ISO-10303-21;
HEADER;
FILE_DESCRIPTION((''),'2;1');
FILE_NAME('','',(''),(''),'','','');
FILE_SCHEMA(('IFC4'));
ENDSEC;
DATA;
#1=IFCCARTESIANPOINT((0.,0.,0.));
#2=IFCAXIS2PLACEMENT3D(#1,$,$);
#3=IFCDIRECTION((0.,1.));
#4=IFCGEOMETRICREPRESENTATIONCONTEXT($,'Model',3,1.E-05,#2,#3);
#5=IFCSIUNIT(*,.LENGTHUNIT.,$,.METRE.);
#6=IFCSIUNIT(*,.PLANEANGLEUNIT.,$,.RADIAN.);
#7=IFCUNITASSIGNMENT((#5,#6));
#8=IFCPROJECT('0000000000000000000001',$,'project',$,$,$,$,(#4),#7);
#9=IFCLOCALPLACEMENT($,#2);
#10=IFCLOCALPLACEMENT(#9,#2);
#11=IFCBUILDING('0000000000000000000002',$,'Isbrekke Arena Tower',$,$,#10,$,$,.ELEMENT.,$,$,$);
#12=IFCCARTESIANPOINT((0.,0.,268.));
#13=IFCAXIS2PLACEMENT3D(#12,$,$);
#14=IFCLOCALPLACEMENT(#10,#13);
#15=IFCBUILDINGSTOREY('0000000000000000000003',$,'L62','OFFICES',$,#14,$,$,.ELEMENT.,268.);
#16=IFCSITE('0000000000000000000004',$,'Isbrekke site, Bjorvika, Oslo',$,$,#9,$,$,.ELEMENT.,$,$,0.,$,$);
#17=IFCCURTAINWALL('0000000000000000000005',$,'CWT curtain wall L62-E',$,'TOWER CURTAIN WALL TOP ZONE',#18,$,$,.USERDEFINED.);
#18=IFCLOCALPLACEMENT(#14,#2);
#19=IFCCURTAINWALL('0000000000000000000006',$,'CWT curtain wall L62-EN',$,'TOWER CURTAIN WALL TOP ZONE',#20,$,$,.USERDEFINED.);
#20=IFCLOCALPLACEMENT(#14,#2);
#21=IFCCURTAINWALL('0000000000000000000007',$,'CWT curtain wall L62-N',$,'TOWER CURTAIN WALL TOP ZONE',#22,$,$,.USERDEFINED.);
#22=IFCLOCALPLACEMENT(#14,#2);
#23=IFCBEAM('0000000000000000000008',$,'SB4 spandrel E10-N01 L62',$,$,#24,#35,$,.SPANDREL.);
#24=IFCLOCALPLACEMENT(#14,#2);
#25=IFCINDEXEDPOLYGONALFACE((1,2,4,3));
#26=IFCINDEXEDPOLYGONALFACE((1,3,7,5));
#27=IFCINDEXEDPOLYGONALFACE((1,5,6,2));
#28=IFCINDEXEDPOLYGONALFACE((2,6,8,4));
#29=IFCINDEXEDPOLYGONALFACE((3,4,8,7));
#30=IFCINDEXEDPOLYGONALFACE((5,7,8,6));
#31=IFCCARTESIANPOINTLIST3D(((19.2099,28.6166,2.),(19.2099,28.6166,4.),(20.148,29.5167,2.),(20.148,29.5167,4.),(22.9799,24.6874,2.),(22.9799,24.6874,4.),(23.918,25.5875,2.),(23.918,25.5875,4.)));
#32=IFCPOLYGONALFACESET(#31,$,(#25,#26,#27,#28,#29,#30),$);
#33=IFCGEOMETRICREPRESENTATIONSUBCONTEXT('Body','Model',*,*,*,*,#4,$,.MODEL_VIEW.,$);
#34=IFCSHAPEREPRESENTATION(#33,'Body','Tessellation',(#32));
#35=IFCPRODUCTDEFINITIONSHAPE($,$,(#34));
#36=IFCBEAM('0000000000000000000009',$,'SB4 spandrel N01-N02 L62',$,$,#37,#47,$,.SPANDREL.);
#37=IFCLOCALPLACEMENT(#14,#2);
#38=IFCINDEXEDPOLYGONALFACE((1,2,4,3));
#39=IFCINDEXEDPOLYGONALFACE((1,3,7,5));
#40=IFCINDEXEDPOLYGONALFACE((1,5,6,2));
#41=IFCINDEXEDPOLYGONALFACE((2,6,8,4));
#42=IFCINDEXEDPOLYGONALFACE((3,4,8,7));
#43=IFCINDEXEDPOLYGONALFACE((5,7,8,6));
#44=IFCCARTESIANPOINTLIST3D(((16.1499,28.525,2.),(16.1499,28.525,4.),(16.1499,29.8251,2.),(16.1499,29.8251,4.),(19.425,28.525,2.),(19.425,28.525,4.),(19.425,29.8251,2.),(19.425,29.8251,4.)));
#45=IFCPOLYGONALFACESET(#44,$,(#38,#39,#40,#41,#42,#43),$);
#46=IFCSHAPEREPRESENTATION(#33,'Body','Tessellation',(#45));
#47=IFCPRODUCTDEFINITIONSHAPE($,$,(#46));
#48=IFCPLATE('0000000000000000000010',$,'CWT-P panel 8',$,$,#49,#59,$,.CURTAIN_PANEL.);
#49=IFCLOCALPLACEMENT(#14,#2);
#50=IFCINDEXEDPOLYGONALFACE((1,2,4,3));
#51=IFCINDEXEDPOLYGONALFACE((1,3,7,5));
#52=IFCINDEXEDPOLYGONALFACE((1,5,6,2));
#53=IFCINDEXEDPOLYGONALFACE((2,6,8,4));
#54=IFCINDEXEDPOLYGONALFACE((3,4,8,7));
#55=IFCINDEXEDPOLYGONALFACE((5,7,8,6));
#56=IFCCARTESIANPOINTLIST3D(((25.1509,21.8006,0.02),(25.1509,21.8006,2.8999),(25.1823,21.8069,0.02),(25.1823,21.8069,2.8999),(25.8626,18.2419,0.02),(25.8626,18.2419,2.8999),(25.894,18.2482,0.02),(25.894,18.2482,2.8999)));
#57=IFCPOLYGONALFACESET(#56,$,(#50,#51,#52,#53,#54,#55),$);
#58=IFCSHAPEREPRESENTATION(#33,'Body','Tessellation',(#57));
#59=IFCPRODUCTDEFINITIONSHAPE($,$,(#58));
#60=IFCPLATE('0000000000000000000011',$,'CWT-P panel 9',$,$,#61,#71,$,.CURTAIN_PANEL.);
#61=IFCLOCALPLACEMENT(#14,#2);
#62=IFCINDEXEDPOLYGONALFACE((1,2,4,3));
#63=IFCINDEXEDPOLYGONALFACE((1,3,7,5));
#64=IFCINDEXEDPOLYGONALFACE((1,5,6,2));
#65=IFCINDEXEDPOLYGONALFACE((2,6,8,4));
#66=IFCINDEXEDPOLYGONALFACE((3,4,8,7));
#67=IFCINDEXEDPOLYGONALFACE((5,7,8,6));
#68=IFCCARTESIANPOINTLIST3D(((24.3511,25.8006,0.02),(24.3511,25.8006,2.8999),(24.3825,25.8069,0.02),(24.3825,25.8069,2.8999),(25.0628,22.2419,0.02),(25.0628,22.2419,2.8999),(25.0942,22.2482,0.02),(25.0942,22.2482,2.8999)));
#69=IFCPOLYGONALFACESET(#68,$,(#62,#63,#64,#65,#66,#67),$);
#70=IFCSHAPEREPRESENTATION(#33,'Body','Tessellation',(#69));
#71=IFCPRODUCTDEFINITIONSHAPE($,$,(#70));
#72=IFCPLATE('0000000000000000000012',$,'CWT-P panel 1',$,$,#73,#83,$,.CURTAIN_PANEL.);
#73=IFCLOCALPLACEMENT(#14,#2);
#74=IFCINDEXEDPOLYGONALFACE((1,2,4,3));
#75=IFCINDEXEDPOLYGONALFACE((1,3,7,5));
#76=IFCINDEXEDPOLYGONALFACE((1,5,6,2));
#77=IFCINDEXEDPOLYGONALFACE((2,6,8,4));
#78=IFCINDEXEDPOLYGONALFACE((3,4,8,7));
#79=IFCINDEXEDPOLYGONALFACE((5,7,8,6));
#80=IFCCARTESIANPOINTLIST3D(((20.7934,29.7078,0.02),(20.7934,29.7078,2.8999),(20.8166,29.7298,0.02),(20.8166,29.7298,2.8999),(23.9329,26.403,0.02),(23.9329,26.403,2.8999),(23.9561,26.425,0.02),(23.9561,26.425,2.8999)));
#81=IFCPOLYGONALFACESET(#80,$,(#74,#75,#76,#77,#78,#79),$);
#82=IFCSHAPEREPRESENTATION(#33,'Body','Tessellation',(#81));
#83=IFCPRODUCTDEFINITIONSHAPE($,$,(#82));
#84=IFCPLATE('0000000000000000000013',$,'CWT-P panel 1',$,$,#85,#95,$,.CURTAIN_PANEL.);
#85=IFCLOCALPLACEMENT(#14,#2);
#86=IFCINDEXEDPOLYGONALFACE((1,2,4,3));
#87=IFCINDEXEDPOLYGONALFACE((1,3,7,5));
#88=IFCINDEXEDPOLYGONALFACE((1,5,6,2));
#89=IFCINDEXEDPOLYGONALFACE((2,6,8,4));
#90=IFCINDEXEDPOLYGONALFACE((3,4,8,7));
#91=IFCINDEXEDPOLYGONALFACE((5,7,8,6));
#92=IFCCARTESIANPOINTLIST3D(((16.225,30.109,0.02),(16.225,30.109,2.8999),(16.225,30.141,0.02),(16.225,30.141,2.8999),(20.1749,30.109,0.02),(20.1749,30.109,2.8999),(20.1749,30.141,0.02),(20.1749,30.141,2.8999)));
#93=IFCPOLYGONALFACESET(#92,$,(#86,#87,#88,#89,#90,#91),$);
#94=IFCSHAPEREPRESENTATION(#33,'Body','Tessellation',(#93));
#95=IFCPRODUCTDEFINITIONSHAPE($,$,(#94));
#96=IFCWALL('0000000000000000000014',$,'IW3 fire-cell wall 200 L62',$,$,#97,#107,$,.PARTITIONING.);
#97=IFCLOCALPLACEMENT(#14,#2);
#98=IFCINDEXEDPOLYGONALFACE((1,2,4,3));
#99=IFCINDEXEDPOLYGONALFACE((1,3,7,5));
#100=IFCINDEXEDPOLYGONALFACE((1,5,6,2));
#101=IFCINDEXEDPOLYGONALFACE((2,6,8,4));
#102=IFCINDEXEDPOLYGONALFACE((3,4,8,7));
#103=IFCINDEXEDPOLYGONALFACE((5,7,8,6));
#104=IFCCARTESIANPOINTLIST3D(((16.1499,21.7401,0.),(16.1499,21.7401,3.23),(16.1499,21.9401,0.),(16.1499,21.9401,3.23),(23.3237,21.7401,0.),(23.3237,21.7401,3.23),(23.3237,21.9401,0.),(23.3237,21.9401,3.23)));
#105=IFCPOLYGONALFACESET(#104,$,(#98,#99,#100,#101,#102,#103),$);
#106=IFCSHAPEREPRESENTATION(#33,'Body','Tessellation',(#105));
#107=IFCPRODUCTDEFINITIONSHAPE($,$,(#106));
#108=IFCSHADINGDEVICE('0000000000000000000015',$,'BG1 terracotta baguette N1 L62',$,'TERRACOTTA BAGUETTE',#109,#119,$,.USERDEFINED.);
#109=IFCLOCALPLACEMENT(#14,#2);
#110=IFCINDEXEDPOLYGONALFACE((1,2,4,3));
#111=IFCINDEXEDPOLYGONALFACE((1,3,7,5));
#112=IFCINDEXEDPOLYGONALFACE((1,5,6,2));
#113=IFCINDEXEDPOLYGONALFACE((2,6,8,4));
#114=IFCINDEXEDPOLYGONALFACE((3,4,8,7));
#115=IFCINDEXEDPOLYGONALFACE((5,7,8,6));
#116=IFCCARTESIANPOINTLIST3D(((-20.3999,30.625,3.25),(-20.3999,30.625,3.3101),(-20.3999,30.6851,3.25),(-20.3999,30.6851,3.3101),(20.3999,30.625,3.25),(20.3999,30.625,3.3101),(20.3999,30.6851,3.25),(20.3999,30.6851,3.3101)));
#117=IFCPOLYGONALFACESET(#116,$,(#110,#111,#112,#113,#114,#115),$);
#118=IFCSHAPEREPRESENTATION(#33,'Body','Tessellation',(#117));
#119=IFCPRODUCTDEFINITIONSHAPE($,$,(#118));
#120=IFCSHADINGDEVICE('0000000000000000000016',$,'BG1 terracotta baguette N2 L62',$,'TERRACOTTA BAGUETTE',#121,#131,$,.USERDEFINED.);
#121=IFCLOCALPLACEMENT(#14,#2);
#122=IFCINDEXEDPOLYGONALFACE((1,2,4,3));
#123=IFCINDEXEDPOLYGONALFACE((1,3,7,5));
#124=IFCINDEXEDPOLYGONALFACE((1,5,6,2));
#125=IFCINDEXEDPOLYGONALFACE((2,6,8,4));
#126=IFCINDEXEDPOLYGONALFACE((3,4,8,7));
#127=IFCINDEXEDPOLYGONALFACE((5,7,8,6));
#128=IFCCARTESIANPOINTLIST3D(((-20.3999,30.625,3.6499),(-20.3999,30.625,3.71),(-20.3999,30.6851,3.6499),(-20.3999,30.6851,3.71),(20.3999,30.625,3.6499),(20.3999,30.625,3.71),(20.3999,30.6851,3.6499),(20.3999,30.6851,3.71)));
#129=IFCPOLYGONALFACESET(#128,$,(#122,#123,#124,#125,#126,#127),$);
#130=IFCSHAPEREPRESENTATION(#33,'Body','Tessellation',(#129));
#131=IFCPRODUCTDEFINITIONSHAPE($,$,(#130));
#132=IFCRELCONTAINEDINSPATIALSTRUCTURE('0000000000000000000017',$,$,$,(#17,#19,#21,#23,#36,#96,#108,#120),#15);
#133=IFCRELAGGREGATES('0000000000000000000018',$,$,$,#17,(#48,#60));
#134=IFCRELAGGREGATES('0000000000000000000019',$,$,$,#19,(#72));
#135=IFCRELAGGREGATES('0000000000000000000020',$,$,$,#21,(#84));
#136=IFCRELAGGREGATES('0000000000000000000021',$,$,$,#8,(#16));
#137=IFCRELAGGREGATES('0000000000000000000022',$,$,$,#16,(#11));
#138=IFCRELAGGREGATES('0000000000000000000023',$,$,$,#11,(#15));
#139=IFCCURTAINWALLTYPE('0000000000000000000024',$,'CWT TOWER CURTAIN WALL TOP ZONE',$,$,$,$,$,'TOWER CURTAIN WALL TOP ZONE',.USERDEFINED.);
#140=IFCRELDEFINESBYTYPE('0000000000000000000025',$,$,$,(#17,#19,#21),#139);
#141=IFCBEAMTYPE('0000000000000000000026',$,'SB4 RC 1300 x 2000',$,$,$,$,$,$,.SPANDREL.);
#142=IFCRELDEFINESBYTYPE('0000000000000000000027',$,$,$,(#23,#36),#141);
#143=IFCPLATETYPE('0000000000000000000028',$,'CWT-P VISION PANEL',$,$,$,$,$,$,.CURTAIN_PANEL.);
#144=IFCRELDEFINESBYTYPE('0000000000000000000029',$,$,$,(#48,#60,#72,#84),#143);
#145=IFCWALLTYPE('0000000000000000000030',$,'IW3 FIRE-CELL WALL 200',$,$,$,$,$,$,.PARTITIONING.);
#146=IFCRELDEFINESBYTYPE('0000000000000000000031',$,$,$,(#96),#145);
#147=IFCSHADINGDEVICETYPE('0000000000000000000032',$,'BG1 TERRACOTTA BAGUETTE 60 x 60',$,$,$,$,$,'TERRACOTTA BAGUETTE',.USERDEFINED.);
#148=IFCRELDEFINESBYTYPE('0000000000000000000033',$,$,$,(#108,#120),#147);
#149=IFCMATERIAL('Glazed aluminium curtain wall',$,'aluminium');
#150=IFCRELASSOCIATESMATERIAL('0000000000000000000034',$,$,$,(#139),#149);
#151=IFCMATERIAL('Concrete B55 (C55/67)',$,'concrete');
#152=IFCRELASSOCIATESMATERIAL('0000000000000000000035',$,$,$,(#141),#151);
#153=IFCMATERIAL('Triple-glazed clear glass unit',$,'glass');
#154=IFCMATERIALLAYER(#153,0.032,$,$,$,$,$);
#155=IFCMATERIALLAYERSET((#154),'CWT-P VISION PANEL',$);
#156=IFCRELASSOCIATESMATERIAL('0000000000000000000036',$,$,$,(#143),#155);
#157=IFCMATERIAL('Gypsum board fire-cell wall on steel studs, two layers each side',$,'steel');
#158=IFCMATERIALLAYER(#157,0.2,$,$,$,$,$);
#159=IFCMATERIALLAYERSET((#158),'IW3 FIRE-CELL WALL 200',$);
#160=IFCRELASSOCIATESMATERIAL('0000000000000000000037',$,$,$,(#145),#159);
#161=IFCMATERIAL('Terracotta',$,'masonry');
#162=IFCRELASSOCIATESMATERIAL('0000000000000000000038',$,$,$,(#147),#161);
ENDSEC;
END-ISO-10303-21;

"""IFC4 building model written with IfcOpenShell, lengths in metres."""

from ifc_helpers import new_model, si_unit, direction, frame, frame_2d, origin, origin_2d, place, context, subcontext, project, spatial, rectangle, extrude, material, layer, layer_set, material_profile, profile_set, type_object, element, aggregate, save


model = new_model("IFC4")

# Units and contexts
model_context = context("Model", 3, precision=1e-05, world=origin(), true_north=direction((0.0, 1.0)))
body_context = subcontext(model_context, "Body", "Model", "MODEL_VIEW")
ifc_project = project(units=[si_unit("LENGTHUNIT", "METRE"), si_unit("PLANEANGLEUNIT", "RADIAN")], contexts=[model_context])

# Site, building, storey
site_placement = place(None, origin())
site = spatial("IfcSite", under=ifc_project, at=site_placement, Name="Isbrekke site, Bjorvika, Oslo", CompositionType="ELEMENT", RefElevation=0.0)
building_placement = place(site_placement, origin())
building = spatial("IfcBuilding", under=site, at=building_placement, Name="Isbrekke Arena Tower", CompositionType="ELEMENT")
storey_placement = place(building_placement, frame((0.0, 0.0, 268.0)))
storey = spatial("IfcBuildingStorey", under=building, at=storey_placement, Name="L62", Description="OFFICES", CompositionType="ELEMENT", Elevation=268.0)

# Curtain walls
ifc_material_1 = material(Name="Glazed aluminium curtain wall", Category="aluminium")
curtain_wall_type = type_object("IfcCurtainWallType", Name="CWT TOWER CURTAIN WALL TOP ZONE", ElementType="TOWER CURTAIN WALL TOP ZONE", PredefinedType="USERDEFINED", material=ifc_material_1)
curtain_wall_1_placement = place(storey_placement, origin())
curtain_wall_1 = element("IfcCurtainWall", 1, at=curtain_wall_1_placement, inside=storey, type_object=curtain_wall_type, Name="CWT curtain wall L62-E", ObjectType="TOWER CURTAIN WALL TOP ZONE", PredefinedType="USERDEFINED")
curtain_wall_2_placement = place(storey_placement, origin())
curtain_wall_2 = element("IfcCurtainWall", 2, at=curtain_wall_2_placement, inside=storey, type_object=curtain_wall_type, Name="CWT curtain wall L62-EN", ObjectType="TOWER CURTAIN WALL TOP ZONE", PredefinedType="USERDEFINED")
curtain_wall_3_placement = place(storey_placement, origin())
curtain_wall_3 = element("IfcCurtainWall", 3, at=curtain_wall_3_placement, inside=storey, type_object=curtain_wall_type, Name="CWT curtain wall L62-N", ObjectType="TOWER CURTAIN WALL TOP ZONE", PredefinedType="USERDEFINED")

# Beams
ifc_material_2 = material(Name="Concrete B55 (C55/67)", Category="concrete")
ifc_material_profile_1 = material_profile(ifc_material_2, rectangle(XDim=1.3, YDim=2.0, at=origin_2d()), Name="RC 1300x2000")
ifc_profile_set_1 = profile_set([ifc_material_profile_1], Name="Concrete B55 (C55/67)")
beam_type_1 = type_object("IfcBeamType", Name="SB4 RC 1300 x 2000", PredefinedType="SPANDREL", material=ifc_profile_set_1)
beam_1_placement = place(storey_placement, frame((23.449, 25.1375, 3.0), z_axis=(-0.69234, 0.721572, 0.0), x_axis=(-0.721572, -0.69234, 0.0)))
element("IfcBeam", 4, at=beam_1_placement, inside=storey, type_object=beam_type_1, Name="SB4 spandrel E10-N01 L62", PredefinedType="SPANDREL", context=body_context, shape_type="SweptSolid", body=[
    extrude(rectangle(XDim=1.3, YDim=2.0, at=origin_2d()), origin(), (0.0, 0.0, 1.0), 5.4453),
])
beam_2_placement = place(storey_placement, frame((19.425, 29.175, 3.0), z_axis=(-1.0, 0.0, 0.0), x_axis=(0.0, -1.0, 0.0)))
element("IfcBeam", 5, at=beam_2_placement, inside=storey, type_object=beam_type_1, Name="SB4 spandrel N01-N02 L62", PredefinedType="SPANDREL", context=body_context, shape_type="SweptSolid", body=[
    extrude(rectangle(XDim=1.3, YDim=2.0, at=origin_2d()), origin(), (0.0, 0.0, 1.0), 3.2751),
])

# Plates
ifc_material_3 = material(Name="Triple-glazed clear glass unit", Category="glass")
ifc_layer_1 = layer(ifc_material_3, 0.032)
ifc_layer_set_1 = layer_set([ifc_layer_1], Name="CWT-P VISION PANEL")
plate_type = type_object("IfcPlateType", Name="CWT-P VISION PANEL", PredefinedType="CURTAIN_PANEL", material=ifc_layer_set_1)
plate_1_placement = place(storey_placement, frame((25.5225, 20.0244, 0.02), z_axis=(0.0, 0.0, 1.0), x_axis=(-0.196116, 0.980581, 0.0)))
plate_1 = element("IfcPlate", 6, at=plate_1_placement, type_object=plate_type, Name="CWT-P panel 8", PredefinedType="CURTAIN_PANEL", context=body_context, shape_type="SweptSolid", body=[
    extrude(rectangle(XDim=3.6292, YDim=0.032, at=origin_2d()), origin(), (0.0, 0.0, 1.0), 2.8799),
])
plate_2_placement = place(storey_placement, frame((24.7227, 24.0244, 0.02), z_axis=(0.0, 0.0, 1.0), x_axis=(-0.196116, 0.980581, 0.0)))
plate_2 = element("IfcPlate", 7, at=plate_2_placement, type_object=plate_type, Name="CWT-P panel 9", PredefinedType="CURTAIN_PANEL", context=body_context, shape_type="SweptSolid", body=[
    extrude(rectangle(XDim=3.6292, YDim=0.032, at=origin_2d()), origin(), (0.0, 0.0, 1.0), 2.8799),
])
aggregate(curtain_wall_1, [plate_1, plate_2])
plate_3_placement = place(storey_placement, frame((22.3748, 28.0664, 0.02), z_axis=(0.0, 0.0, 1.0), x_axis=(-0.688749, 0.724999, 0.0)))
plate_3 = element("IfcPlate", 8, at=plate_3_placement, type_object=plate_type, Name="CWT-P panel 1", PredefinedType="CURTAIN_PANEL", context=body_context, shape_type="SweptSolid", body=[
    extrude(rectangle(XDim=4.5583, YDim=0.032, at=origin_2d()), origin(), (0.0, 0.0, 1.0), 2.8799),
])
aggregate(curtain_wall_2, [plate_3])
plate_4_placement = place(storey_placement, frame((18.2, 30.125, 0.02), z_axis=(0.0, 0.0, 1.0), x_axis=(-1.0, 0.0, 0.0)))
plate_4 = element("IfcPlate", 9, at=plate_4_placement, type_object=plate_type, Name="CWT-P panel 1", PredefinedType="CURTAIN_PANEL", context=body_context, shape_type="SweptSolid", body=[
    extrude(rectangle(XDim=3.95, YDim=0.032, at=origin_2d()), origin(), (0.0, 0.0, 1.0), 2.8799),
])
aggregate(curtain_wall_3, [plate_4])

# Wall
ifc_material_4 = material(Name="Gypsum board fire-cell wall on steel studs, two layers each side", Category="steel")
ifc_layer_2 = layer(ifc_material_4, 0.2)
ifc_layer_set_2 = layer_set([ifc_layer_2], Name="IW3 FIRE-CELL WALL 200")
wall_type = type_object("IfcWallType", Name="IW3 FIRE-CELL WALL 200", PredefinedType="PARTITIONING", material=ifc_layer_set_2)
wall_placement = place(storey_placement, frame((16.1499, 21.8401, 0.0), z_axis=(0.0, 0.0, 1.0), x_axis=(1.0, 0.0, 0.0)))
element("IfcWall", 10, at=wall_placement, inside=storey, type_object=wall_type, Name="IW3 fire-cell wall 200 L62", PredefinedType="PARTITIONING", context=body_context, shape_type="SweptSolid", body=[
    extrude(rectangle(XDim=7.1738, YDim=0.2, at=frame_2d((3.5869, 0.0))), origin(), (0.0, 0.0, 1.0), 3.23),
])

# Shading devices
ifc_material_5 = material(Name="Terracotta", Category="masonry")
ifc_material_profile_2 = material_profile(ifc_material_5, rectangle(XDim=0.0601, YDim=0.0601, at=origin_2d()), Name="BAGUETTE 60X60")
ifc_profile_set_2 = profile_set([ifc_material_profile_2], Name="Terracotta")
shading_device_type = type_object("IfcShadingDeviceType", Name="BG1 TERRACOTTA BAGUETTE 60 x 60", ElementType="TERRACOTTA BAGUETTE", PredefinedType="USERDEFINED", material=ifc_profile_set_2)
for number, where, z_axis, x_axis, name in (
    (11, (20.3999, 30.655, 3.28), (-1.0, 0.0, 0.0), (0.0, -1.0, 0.0), "BG1 terracotta baguette N1 L62"),
    (12, (20.3999, 30.655, 3.6799), (-1.0, 0.0, 0.0), (0.0, -1.0, 0.0), "BG1 terracotta baguette N2 L62"),
):
    element("IfcShadingDevice", number, at=place(storey_placement, frame(where, z_axis=z_axis, x_axis=x_axis)), inside=storey, type_object=shading_device_type, Name=name, ObjectType="TERRACOTTA BAGUETTE", PredefinedType="USERDEFINED", context=body_context, shape_type="SweptSolid", body=[
        extrude(rectangle(XDim=0.0601, YDim=0.0601, at=origin_2d()), origin(), (0.0, 0.0, 1.0), 40.7998),
    ])

save(model, "model.ifc")
